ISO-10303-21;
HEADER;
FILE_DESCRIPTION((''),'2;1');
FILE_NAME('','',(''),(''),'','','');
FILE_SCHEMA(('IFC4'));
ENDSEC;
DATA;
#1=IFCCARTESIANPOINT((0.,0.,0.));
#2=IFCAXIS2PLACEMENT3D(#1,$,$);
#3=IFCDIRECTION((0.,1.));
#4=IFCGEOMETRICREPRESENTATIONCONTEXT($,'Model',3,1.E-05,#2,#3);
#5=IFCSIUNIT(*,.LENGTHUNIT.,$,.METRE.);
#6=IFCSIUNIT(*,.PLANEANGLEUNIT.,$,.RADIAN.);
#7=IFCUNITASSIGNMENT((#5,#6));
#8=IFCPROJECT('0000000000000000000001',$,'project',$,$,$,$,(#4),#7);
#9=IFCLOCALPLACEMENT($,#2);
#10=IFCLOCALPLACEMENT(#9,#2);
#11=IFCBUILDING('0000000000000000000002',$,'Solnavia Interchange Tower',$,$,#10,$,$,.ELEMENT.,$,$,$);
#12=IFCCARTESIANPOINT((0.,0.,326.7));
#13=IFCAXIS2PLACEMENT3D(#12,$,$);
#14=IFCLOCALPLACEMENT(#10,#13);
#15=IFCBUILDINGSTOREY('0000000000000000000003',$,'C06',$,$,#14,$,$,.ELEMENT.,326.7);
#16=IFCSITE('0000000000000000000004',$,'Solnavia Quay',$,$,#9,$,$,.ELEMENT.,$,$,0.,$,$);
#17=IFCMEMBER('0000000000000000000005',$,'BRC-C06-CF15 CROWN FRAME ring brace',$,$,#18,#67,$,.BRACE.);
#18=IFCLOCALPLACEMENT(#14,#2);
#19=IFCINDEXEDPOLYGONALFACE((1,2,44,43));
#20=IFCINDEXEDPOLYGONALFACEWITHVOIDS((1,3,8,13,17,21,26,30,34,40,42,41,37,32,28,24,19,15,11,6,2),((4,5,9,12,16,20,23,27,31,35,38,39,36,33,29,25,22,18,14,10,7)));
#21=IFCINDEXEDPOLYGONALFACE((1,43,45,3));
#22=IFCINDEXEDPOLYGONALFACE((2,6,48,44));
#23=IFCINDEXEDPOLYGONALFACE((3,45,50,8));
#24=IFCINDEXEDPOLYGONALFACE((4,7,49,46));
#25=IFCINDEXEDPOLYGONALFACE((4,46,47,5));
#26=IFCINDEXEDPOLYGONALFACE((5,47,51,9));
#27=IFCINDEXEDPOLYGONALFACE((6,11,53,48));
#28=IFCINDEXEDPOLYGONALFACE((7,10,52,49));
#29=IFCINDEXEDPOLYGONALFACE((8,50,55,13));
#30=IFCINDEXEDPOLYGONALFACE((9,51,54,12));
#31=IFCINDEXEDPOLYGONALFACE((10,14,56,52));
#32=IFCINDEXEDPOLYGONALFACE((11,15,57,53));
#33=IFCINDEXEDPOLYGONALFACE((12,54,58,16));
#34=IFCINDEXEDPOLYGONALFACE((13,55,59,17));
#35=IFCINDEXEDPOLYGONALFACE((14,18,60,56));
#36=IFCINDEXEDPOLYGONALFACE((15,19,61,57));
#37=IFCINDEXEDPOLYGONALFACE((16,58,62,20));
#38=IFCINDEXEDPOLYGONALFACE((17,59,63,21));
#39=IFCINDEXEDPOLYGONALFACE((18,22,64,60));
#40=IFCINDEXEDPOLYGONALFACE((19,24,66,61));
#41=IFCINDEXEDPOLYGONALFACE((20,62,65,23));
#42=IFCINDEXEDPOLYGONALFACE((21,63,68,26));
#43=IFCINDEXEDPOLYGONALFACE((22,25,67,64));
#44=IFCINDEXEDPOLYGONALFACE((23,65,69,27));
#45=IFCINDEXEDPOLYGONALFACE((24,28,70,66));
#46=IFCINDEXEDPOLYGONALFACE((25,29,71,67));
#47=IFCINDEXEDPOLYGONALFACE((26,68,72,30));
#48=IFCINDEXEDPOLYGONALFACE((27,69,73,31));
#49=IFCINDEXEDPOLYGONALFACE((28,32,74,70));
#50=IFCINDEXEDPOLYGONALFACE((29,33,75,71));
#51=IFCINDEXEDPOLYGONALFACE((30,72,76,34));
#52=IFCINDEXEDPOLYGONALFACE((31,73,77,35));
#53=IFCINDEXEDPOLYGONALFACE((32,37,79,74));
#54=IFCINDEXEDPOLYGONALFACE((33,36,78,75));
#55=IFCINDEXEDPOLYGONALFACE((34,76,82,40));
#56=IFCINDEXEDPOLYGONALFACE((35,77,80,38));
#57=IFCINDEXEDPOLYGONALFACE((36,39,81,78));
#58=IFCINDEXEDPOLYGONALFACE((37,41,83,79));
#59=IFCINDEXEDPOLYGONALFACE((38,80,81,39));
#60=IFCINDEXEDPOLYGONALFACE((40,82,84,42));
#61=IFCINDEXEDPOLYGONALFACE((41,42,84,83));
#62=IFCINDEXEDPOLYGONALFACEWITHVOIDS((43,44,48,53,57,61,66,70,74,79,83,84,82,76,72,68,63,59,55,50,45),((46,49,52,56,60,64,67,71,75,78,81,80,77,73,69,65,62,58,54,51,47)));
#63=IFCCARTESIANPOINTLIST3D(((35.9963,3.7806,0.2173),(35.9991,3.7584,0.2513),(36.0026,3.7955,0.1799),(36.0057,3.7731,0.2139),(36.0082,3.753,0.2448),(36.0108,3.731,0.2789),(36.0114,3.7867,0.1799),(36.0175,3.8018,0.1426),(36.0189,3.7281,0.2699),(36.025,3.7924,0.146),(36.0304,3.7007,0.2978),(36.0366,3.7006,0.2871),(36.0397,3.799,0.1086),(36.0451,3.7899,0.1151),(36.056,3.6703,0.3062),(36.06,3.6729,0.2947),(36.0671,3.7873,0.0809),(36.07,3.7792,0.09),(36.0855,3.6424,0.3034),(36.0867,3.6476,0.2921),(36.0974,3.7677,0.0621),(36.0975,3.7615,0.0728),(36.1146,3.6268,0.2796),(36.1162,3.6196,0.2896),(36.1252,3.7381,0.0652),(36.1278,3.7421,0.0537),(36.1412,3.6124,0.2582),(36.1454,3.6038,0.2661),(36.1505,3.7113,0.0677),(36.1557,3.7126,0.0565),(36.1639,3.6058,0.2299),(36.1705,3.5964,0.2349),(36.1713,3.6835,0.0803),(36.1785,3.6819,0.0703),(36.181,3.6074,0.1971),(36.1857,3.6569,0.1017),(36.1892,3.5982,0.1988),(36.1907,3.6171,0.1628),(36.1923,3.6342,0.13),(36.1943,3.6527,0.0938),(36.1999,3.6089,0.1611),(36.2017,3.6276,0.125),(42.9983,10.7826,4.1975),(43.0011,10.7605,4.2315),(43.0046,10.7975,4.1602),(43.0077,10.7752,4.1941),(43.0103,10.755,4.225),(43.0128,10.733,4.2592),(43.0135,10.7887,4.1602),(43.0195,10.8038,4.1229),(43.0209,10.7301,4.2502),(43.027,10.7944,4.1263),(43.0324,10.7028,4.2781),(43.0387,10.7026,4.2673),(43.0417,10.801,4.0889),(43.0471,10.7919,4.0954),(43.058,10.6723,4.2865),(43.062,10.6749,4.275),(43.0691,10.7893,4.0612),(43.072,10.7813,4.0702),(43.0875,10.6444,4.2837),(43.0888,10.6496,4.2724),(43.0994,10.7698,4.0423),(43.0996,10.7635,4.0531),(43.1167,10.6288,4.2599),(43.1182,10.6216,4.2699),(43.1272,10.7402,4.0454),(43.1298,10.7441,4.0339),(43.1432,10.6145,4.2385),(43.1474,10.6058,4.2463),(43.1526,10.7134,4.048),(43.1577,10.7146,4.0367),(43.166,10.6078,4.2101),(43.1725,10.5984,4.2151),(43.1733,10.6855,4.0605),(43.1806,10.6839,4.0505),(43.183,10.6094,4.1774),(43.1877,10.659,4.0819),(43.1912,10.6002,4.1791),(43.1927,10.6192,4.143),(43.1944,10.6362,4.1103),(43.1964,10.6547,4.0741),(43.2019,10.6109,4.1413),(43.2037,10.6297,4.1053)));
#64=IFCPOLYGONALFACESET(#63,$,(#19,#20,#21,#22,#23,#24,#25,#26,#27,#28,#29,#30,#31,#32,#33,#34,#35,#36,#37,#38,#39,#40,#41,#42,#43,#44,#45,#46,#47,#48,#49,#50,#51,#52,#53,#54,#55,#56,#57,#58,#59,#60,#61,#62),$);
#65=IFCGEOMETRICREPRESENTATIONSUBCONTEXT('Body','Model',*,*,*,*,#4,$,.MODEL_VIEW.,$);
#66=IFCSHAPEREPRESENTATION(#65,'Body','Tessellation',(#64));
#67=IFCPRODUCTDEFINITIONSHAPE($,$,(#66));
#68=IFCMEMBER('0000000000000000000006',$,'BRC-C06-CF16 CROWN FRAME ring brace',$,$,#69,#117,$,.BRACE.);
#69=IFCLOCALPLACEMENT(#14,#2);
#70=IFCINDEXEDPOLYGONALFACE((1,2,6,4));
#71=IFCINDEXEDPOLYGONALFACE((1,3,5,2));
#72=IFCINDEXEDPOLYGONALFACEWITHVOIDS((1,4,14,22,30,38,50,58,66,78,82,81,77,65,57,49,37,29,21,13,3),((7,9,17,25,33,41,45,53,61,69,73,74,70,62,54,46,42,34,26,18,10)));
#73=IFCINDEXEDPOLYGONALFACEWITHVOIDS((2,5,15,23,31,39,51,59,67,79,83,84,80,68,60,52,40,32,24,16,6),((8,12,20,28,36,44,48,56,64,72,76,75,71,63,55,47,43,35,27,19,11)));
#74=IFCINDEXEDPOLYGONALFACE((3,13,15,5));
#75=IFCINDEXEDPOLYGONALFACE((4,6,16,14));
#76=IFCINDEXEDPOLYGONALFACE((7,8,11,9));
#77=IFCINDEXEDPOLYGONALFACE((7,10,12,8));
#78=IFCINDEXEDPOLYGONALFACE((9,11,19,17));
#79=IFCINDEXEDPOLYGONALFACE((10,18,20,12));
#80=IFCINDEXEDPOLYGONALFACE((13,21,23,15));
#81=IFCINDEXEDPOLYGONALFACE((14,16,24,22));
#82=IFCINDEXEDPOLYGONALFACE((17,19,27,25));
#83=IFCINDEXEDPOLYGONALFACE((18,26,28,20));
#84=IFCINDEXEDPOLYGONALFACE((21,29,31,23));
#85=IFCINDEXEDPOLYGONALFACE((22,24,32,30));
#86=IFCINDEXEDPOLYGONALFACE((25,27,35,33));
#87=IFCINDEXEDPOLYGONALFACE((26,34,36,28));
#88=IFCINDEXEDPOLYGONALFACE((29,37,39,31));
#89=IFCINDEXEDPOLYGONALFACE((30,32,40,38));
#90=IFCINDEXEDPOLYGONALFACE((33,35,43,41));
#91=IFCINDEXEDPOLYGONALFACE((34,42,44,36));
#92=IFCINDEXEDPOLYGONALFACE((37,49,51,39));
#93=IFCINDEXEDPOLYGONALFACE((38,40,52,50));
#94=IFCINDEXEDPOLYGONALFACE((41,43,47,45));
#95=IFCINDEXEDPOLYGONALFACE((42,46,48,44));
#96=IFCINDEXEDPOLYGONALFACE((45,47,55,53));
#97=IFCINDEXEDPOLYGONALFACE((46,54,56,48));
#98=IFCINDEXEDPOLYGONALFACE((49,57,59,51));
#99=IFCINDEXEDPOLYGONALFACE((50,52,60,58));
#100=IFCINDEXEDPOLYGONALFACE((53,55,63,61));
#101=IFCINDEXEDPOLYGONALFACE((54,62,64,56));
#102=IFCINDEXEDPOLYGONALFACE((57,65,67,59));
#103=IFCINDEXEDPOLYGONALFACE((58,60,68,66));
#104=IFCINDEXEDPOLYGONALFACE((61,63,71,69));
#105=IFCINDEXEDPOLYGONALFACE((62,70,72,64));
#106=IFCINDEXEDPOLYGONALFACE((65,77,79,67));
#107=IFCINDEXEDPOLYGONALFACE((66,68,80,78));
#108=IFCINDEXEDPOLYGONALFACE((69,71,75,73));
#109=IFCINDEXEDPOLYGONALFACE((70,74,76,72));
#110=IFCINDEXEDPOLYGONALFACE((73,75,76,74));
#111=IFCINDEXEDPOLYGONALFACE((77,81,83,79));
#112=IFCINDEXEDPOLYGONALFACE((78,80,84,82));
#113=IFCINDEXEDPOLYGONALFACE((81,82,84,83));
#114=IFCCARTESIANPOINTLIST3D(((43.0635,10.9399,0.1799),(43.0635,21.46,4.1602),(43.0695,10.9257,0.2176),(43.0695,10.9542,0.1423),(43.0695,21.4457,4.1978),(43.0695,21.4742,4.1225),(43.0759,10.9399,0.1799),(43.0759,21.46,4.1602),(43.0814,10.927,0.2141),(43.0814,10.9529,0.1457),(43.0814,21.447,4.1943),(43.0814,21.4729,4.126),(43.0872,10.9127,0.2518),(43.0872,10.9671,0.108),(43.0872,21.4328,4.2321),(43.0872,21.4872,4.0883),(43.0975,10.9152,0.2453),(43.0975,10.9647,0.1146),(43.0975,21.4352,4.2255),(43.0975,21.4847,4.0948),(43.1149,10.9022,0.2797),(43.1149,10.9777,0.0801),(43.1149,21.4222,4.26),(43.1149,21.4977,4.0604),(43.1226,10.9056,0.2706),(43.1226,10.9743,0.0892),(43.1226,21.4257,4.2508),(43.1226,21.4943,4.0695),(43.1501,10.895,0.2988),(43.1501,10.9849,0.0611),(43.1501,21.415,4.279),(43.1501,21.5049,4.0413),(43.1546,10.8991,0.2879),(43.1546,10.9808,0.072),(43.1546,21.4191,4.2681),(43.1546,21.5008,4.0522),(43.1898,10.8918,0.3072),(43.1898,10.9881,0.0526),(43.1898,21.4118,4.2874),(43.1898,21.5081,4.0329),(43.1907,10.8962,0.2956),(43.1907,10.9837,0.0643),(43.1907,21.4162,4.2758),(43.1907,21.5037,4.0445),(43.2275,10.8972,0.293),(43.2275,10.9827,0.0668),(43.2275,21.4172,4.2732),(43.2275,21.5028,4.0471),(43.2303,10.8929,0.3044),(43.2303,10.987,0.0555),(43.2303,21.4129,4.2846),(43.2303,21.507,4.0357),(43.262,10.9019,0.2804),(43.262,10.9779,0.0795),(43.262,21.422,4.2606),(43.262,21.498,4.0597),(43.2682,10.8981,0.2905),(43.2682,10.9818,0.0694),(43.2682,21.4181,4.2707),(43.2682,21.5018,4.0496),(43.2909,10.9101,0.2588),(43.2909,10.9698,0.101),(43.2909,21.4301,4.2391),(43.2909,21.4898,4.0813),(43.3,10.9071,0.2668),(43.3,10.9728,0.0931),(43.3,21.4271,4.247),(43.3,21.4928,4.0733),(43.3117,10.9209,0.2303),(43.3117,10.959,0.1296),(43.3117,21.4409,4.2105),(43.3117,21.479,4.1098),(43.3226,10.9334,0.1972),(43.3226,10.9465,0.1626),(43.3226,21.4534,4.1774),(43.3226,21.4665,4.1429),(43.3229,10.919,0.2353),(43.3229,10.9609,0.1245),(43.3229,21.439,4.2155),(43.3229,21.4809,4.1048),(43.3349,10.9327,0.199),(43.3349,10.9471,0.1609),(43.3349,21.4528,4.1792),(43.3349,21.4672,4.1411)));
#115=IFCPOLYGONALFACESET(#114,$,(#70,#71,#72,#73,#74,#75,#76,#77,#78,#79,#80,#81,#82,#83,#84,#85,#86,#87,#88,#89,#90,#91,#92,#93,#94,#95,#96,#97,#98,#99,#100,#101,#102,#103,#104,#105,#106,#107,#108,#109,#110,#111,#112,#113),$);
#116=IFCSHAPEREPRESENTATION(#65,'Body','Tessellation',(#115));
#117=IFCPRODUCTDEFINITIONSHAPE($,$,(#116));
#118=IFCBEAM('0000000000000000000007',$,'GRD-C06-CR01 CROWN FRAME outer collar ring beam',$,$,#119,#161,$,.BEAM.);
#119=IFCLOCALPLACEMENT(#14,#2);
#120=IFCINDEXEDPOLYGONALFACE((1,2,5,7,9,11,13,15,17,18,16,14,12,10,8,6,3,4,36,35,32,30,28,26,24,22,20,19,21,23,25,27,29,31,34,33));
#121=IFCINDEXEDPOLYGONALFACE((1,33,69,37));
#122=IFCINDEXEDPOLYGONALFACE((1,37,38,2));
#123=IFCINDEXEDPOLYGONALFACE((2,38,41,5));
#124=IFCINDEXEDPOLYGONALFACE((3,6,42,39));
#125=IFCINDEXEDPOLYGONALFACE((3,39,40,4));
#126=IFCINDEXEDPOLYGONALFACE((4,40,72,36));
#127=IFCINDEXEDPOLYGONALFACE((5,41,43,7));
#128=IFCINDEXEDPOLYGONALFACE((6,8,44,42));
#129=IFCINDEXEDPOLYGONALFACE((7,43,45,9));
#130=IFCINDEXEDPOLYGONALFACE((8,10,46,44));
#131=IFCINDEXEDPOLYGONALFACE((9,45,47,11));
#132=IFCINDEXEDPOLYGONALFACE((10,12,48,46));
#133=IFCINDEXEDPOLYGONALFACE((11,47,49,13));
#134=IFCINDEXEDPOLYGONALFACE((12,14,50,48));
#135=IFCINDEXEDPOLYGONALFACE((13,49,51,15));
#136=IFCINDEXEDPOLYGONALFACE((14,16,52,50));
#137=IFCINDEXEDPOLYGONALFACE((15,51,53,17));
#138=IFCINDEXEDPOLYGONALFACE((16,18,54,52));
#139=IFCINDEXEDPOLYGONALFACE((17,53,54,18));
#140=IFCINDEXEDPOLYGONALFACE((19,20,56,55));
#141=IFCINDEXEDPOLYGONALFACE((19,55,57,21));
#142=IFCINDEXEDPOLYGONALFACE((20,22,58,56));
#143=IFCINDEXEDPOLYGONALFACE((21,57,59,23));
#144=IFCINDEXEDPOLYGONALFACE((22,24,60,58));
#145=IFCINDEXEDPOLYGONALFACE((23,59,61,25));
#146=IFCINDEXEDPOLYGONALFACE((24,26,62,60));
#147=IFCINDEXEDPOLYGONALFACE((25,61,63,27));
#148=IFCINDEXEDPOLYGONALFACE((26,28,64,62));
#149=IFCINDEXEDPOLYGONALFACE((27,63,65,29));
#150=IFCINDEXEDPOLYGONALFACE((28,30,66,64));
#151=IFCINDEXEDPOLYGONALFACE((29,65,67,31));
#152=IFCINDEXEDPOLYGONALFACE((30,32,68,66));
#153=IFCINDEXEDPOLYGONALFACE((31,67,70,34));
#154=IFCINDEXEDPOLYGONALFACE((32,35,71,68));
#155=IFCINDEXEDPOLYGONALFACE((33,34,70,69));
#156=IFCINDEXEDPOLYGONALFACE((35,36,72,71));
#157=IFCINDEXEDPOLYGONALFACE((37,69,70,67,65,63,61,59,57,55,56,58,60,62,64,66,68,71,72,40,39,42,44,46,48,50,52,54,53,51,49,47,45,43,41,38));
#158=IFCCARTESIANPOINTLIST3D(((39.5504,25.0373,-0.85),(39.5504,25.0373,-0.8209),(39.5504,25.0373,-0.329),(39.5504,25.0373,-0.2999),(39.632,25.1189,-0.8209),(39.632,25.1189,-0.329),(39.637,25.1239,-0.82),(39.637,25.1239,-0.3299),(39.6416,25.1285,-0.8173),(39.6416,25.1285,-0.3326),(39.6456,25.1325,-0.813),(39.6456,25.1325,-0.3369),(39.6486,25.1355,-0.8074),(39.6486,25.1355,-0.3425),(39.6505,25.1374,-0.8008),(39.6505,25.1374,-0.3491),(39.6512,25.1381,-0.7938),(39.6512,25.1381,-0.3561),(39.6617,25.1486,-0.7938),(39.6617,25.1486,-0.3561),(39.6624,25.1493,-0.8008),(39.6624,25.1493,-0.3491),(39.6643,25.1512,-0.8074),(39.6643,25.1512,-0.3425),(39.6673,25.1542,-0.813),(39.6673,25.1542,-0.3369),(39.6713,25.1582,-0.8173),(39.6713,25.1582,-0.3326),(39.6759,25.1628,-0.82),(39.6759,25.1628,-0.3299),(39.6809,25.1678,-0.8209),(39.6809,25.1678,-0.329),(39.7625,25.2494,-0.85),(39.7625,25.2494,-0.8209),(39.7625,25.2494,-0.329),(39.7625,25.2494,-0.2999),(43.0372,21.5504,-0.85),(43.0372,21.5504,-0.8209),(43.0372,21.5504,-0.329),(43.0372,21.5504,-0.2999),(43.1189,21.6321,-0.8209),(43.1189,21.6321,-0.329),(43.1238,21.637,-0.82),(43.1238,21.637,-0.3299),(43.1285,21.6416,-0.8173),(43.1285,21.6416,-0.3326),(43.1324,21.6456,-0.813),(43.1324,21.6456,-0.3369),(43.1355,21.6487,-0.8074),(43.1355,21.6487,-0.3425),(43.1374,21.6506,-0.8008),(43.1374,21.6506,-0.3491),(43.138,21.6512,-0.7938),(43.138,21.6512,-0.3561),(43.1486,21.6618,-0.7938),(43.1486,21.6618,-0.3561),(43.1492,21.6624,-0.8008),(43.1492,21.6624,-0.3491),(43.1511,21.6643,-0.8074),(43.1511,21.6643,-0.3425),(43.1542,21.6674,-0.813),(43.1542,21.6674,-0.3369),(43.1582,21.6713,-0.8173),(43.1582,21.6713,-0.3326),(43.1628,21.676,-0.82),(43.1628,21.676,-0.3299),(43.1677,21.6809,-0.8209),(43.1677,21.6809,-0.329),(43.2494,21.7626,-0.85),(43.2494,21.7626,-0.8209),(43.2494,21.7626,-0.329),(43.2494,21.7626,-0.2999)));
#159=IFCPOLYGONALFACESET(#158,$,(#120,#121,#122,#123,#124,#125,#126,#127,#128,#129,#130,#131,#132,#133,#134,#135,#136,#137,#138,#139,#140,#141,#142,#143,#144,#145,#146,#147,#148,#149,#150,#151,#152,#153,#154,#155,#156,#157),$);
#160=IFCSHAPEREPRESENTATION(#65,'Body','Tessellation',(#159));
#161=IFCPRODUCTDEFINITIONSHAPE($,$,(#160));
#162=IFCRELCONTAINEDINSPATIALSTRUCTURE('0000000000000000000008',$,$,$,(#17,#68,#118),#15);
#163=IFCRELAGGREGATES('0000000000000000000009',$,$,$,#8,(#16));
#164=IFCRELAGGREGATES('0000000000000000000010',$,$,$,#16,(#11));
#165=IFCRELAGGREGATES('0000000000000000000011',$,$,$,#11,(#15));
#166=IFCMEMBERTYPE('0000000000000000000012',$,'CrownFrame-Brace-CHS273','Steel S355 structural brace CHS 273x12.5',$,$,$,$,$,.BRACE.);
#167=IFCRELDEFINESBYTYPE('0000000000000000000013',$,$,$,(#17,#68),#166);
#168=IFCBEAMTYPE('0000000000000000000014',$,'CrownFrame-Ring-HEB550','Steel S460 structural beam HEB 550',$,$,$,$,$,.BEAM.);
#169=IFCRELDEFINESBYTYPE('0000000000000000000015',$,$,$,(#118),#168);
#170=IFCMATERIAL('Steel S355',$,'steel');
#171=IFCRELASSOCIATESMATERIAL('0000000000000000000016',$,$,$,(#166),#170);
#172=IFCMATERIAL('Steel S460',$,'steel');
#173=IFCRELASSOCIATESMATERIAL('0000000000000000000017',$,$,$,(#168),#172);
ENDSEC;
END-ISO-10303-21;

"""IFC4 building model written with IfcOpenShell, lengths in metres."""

from ifc_helpers import new_model, si_unit, direction, frame, origin, origin_2d, place, context, subcontext, project, spatial, hollow_circle, i_section, extrude, material, material_profile, profile_set, type_object, element, save


model = new_model("IFC4")

# Units and contexts
model_context = context("Model", 3, precision=1e-05, world=origin(), true_north=direction((0.0, 1.0)))
body_context = subcontext(model_context, "Body", "Model", "MODEL_VIEW")
ifc_project = project(units=[si_unit("LENGTHUNIT", "METRE"), si_unit("PLANEANGLEUNIT", "RADIAN")], contexts=[model_context])

# Site, building, storey
site_placement = place(None, origin())
site = spatial("IfcSite", under=ifc_project, at=site_placement, Name="Solnavia Quay", CompositionType="ELEMENT", RefElevation=0.0)
building_placement = place(site_placement, origin())
building = spatial("IfcBuilding", under=site, at=building_placement, Name="Solnavia Interchange Tower", CompositionType="ELEMENT")
storey_placement = place(building_placement, frame((0.0, 0.0, 326.7)))
storey = spatial("IfcBuildingStorey", under=building, at=storey_placement, Name="C06", CompositionType="ELEMENT", Elevation=326.7)

# Shared definitions
ifc_material_1 = material(Name="Steel S460", Category="steel")

# Members
ifc_material_2 = material(Name="Steel S355", Category="steel")
ifc_material_profile_1 = material_profile(ifc_material_2, hollow_circle(Radius=0.1365, WallThickness=0.0125, at=origin_2d()), Name="CHS 273x12.5")
ifc_profile_set_1 = profile_set([ifc_material_profile_1], Name="Steel S355")
member_type = type_object("IfcMemberType", Name="CrownFrame-Brace-CHS273", Description="Steel S355 structural brace CHS 273x12.5", PredefinedType="BRACE", material=ifc_profile_set_1)
member_1_placement = place(storey_placement, frame((36.0991, 3.699, 0.1799), z_axis=(0.65609, 0.65609, 0.372951), x_axis=(-0.707107, 0.707107, 0.0)))
element("IfcMember", 1, at=member_1_placement, inside=storey, type_object=member_type, Name="BRC-C06-CF15 CROWN FRAME ring brace", PredefinedType="BRACE", context=body_context, shape_type="SweptSolid", body=[
    extrude(hollow_circle(Radius=0.1365, WallThickness=0.0125, at=origin_2d()), origin(), (0.0, 0.0, 1.0), 10.6724),
])
member_2_placement = place(storey_placement, frame((43.2, 10.9399, 0.1799), z_axis=(0.0, 0.935296, 0.353867), x_axis=(-1.0, 0.0, 0.0)))
element("IfcMember", 2, at=member_2_placement, inside=storey, type_object=member_type, Name="BRC-C06-CF16 CROWN FRAME ring brace", PredefinedType="BRACE", context=body_context, shape_type="SweptSolid", body=[
    extrude(hollow_circle(Radius=0.1365, WallThickness=0.0125, at=origin_2d()), origin(), (0.0, 0.0, 1.0), 11.2478),
])

# Beam
ifc_material_profile_2 = material_profile(ifc_material_1, i_section(OverallWidth=0.3, OverallDepth=0.55, WebThickness=0.0149, FlangeThickness=0.0291, FilletRadius=0.0271, at=origin_2d()), Name="HEB 550")
ifc_profile_set_2 = profile_set([ifc_material_profile_2], Name="Steel S460")
beam_type_1 = type_object("IfcBeamType", Name="CrownFrame-Ring-HEB550", Description="Steel S460 structural beam HEB 550", PredefinedType="BEAM", material=ifc_profile_set_2)
beam_1_placement = place(storey_placement, frame((43.1433, 21.6565, -0.575), z_axis=(-0.707107, 0.707107, 0.0), x_axis=(-0.707107, -0.707107, 0.0)))
element("IfcBeam", 3, at=beam_1_placement, inside=storey, type_object=beam_type_1, Name="GRD-C06-CR01 CROWN FRAME outer collar ring beam", PredefinedType="BEAM", context=body_context, shape_type="SweptSolid", body=[
    extrude(i_section(OverallWidth=0.3, OverallDepth=0.55, WebThickness=0.0149, FlangeThickness=0.0291, FilletRadius=0.0271, at=origin_2d()), origin(), (0.0, 0.0, 1.0), 4.9312),
])

save(model, "model.ifc")
